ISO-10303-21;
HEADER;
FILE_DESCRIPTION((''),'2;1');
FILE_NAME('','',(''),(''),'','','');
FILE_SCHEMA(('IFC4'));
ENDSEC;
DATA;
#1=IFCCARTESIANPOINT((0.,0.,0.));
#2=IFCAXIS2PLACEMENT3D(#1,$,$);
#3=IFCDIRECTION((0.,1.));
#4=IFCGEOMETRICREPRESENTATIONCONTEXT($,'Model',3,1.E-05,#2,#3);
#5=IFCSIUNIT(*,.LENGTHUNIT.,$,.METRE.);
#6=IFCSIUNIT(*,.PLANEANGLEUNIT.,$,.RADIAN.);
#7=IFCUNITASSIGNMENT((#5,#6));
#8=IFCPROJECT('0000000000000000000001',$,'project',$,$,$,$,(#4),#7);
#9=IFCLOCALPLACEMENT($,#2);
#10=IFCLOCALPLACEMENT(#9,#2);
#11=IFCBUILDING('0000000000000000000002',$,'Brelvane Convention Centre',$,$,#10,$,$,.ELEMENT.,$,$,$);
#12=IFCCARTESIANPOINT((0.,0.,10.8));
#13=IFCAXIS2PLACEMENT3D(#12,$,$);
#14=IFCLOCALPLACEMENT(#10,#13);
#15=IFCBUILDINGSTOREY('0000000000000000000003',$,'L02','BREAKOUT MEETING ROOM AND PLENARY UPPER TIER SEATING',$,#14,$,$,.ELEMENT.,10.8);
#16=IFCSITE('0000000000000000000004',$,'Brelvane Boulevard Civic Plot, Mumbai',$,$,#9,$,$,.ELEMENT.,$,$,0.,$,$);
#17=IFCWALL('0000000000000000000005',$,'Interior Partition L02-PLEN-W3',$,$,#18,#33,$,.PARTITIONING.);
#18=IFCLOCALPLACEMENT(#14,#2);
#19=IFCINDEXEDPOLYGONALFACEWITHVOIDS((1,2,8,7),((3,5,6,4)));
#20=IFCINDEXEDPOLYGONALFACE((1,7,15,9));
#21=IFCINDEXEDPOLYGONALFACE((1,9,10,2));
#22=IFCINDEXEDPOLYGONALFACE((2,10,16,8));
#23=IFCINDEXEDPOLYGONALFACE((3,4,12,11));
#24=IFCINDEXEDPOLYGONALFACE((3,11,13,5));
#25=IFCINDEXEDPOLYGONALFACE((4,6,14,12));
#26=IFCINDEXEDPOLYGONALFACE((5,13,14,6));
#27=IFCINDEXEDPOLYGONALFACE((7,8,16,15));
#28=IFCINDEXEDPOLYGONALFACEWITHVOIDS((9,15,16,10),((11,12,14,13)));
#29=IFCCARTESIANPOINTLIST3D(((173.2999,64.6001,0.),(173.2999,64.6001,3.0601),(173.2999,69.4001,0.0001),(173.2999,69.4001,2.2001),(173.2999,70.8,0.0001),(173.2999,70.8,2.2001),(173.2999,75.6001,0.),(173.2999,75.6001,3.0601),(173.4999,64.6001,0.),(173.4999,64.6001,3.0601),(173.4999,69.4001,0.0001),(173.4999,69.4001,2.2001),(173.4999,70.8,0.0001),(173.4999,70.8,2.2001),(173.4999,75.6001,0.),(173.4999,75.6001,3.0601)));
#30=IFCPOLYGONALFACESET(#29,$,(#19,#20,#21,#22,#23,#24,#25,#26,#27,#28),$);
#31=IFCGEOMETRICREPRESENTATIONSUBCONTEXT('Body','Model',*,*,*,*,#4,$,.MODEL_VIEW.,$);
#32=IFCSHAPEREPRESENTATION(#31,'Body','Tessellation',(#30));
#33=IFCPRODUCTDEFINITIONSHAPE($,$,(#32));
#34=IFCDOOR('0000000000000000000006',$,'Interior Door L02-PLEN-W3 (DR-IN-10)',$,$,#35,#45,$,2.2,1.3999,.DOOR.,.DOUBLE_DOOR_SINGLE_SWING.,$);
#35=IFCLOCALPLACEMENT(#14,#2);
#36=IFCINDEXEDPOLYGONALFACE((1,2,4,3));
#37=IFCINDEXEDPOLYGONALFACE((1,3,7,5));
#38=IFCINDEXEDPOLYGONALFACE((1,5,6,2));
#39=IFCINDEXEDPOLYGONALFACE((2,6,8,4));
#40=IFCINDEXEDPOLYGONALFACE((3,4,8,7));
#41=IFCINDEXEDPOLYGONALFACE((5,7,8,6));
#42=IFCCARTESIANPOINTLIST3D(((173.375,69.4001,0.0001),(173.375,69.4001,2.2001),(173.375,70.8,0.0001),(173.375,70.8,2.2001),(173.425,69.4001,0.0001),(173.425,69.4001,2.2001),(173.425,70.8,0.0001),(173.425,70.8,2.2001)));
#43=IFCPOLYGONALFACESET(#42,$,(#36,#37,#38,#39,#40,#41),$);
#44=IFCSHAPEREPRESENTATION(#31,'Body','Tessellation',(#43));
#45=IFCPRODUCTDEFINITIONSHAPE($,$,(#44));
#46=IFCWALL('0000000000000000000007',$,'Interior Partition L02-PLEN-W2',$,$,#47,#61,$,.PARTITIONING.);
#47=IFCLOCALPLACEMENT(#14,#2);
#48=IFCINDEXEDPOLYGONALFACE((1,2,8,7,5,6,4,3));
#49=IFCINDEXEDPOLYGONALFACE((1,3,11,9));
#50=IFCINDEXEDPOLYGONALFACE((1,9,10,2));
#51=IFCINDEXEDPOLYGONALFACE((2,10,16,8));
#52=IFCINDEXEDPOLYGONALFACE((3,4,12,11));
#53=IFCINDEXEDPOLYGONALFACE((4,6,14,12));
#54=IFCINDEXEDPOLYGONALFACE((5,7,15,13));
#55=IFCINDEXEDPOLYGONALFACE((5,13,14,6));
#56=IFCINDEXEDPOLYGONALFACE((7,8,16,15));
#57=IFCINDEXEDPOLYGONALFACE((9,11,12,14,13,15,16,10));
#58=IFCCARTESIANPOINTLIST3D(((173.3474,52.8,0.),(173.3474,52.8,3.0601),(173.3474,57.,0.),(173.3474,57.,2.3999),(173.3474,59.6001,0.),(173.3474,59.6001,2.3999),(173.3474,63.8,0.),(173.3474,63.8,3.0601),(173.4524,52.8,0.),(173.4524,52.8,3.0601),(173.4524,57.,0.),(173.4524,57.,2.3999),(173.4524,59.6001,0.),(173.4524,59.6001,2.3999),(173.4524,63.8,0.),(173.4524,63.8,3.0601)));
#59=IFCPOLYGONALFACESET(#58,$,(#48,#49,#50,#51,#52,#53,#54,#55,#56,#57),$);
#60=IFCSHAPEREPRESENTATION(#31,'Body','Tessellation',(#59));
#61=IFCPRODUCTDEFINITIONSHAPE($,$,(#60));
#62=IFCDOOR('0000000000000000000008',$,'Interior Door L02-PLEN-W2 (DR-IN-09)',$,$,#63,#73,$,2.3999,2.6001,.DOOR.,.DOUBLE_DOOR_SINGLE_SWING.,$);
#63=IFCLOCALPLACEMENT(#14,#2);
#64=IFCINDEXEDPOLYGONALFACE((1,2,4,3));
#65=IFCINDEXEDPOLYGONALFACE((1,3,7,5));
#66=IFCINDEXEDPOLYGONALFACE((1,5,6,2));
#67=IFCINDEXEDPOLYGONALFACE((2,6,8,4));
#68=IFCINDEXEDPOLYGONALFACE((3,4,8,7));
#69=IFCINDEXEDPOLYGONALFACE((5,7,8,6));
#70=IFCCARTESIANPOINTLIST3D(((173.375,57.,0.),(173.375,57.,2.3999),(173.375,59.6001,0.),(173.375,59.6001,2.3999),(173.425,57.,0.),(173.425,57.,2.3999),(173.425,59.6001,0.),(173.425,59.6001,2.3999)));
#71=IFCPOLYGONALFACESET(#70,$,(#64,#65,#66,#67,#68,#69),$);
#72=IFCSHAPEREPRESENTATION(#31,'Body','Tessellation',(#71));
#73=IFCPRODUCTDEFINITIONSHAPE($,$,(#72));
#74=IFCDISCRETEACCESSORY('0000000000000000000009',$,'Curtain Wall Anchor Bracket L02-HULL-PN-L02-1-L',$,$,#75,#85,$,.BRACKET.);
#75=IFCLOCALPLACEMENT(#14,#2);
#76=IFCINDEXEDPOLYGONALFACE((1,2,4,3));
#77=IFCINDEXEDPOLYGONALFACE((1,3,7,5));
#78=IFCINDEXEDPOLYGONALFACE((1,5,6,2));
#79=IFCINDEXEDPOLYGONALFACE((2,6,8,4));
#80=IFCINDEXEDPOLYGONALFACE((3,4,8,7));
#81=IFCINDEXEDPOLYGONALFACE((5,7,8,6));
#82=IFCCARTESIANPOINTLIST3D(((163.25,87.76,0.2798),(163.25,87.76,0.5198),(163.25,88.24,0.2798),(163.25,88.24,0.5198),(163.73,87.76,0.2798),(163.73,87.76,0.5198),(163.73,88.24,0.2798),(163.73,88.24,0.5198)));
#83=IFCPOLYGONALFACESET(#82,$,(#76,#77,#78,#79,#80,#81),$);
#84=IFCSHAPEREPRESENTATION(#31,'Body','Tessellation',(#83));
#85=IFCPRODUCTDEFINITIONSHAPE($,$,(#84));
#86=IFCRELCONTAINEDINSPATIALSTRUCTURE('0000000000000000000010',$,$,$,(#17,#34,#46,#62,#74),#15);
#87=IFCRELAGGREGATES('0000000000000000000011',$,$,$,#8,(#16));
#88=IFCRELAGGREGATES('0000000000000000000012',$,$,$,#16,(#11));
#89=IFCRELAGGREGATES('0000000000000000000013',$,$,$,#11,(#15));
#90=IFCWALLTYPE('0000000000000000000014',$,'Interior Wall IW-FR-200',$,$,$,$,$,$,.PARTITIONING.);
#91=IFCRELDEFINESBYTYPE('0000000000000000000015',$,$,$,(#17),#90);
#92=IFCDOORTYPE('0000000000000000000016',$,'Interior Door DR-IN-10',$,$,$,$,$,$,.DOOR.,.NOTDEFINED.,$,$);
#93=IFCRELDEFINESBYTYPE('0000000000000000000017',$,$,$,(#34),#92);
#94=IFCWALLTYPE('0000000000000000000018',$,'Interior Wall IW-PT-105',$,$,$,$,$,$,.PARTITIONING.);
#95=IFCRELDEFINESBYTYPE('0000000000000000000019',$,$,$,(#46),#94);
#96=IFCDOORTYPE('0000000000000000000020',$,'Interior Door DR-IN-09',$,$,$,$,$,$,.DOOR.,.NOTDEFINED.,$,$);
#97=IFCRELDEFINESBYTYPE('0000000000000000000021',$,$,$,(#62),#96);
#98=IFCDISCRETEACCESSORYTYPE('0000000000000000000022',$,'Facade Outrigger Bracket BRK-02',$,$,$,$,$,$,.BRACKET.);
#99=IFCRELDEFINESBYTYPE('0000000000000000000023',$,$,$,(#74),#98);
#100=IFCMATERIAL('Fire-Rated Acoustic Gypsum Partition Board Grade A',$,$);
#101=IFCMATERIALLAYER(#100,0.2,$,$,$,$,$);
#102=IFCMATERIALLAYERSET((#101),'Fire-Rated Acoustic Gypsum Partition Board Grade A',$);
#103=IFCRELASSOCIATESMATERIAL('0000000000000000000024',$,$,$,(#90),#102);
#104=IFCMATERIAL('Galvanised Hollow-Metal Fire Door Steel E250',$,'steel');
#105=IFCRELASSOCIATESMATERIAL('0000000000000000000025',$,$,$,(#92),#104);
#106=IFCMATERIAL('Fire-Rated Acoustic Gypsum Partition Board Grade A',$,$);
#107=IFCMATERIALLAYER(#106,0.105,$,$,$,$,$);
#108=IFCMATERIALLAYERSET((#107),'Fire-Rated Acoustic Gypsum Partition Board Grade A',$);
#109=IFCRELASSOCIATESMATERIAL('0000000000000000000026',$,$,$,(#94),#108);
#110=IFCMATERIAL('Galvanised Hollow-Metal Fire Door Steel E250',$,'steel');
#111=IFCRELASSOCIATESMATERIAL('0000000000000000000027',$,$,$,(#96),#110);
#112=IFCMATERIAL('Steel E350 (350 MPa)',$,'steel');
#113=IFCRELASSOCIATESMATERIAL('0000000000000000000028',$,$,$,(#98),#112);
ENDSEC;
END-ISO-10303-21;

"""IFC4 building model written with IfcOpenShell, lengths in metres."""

from ifc_helpers import new_model, si_unit, direction, frame, frame_2d, origin, origin_2d, place, context, subcontext, project, spatial, rectangle, extrude, material, layer, layer_set, type_object, element, fill, save


model = new_model("IFC4")

# Units and contexts
model_context = context("Model", 3, precision=1e-05, world=origin(), true_north=direction((0.0, 1.0)))
body_context = subcontext(model_context, "Body", "Model", "MODEL_VIEW")
ifc_project = project(units=[si_unit("LENGTHUNIT", "METRE"), si_unit("PLANEANGLEUNIT", "RADIAN")], contexts=[model_context])

# Site, building, storey
site_placement = place(None, origin())
site = spatial("IfcSite", under=ifc_project, at=site_placement, Name="Brelvane Boulevard Civic Plot, Mumbai", CompositionType="ELEMENT", RefElevation=0.0)
building_placement = place(site_placement, origin())
building = spatial("IfcBuilding", under=site, at=building_placement, Name="Brelvane Convention Centre", CompositionType="ELEMENT")
storey_placement = place(building_placement, frame((0.0, 0.0, 10.8)))
storey = spatial("IfcBuildingStorey", under=building, at=storey_placement, Name="L02", Description="BREAKOUT MEETING ROOM AND PLENARY UPPER TIER SEATING", CompositionType="ELEMENT", Elevation=10.8)

# Walls, openings, doors
ifc_material_1 = material(Name="Fire-Rated Acoustic Gypsum Partition Board Grade A")
ifc_layer_1 = layer(ifc_material_1, 0.2)
ifc_layer_set_1 = layer_set([ifc_layer_1], Name="Fire-Rated Acoustic Gypsum Partition Board Grade A")
wall_type_1 = type_object("IfcWallType", Name="Interior Wall IW-FR-200", PredefinedType="PARTITIONING", material=ifc_layer_set_1)
wall_1_placement = place(storey_placement, frame((173.3999, 64.6001, 0.0), z_axis=(0.0, 0.0, 1.0), x_axis=(0.0, 1.0, 0.0)))
wall_1 = element("IfcWall", 1, at=wall_1_placement, inside=storey, type_object=wall_type_1, Name="Interior Partition L02-PLEN-W3", PredefinedType="PARTITIONING", context=body_context, shape_type="SweptSolid", body=[
    extrude(rectangle(XDim=11.0, YDim=0.2, at=frame_2d((5.5, 0.0))), origin(), (0.0, 0.0, 1.0), 3.0601),
])
opening_1_placement = place(wall_1_placement, frame((4.8, 0.0, 0.0)))
opening_1 = element("IfcOpeningElement", 2, at=opening_1_placement, cuts=wall_1, PredefinedType="OPENING", context=body_context, shape_type="SweptSolid", body=[
    extrude(rectangle(XDim=1.3999, YDim=2.2, at=frame_2d((0.7, 1.1001))), frame((0.0, 0.1099, 0.0), z_axis=(0.0, -1.0, 0.0), x_axis=(1.0, 0.0, 0.0)), (0.0, 0.0, 1.0), 0.22),
])
ifc_material_2 = material(Name="Galvanised Hollow-Metal Fire Door Steel E250", Category="steel")
door_type_1 = type_object("IfcDoorType", Name="Interior Door DR-IN-10", OperationType="NOTDEFINED", PredefinedType="DOOR", material=ifc_material_2)
door_1_placement = place(opening_1_placement, origin())
door_1 = element("IfcDoor", 3, at=door_1_placement, inside=storey, type_object=door_type_1, Name="Interior Door L02-PLEN-W3 (DR-IN-10)", OperationType="DOUBLE_DOOR_SINGLE_SWING", OverallHeight=2.2, OverallWidth=1.3999, PredefinedType="DOOR", context=body_context, shape_type="SweptSolid", body=[
    extrude(rectangle(XDim=1.3999, YDim=2.2, at=frame_2d((0.7, 1.1001))), frame((0.0, 0.0249, 0.0), z_axis=(0.0, -1.0, 0.0), x_axis=(1.0, 0.0, 0.0)), (0.0, 0.0, 1.0), 0.05),
])
fill(opening_1, door_1)
ifc_material_3 = material(Name="Fire-Rated Acoustic Gypsum Partition Board Grade A")
ifc_layer_2 = layer(ifc_material_3, 0.105)
ifc_layer_set_2 = layer_set([ifc_layer_2], Name="Fire-Rated Acoustic Gypsum Partition Board Grade A")
wall_type_2 = type_object("IfcWallType", Name="Interior Wall IW-PT-105", PredefinedType="PARTITIONING", material=ifc_layer_set_2)
wall_2_placement = place(storey_placement, frame((173.3999, 52.8, 0.0), z_axis=(0.0, 0.0, 1.0), x_axis=(0.0, 1.0, 0.0)))
wall_2 = element("IfcWall", 4, at=wall_2_placement, inside=storey, type_object=wall_type_2, Name="Interior Partition L02-PLEN-W2", PredefinedType="PARTITIONING", context=body_context, shape_type="SweptSolid", body=[
    extrude(rectangle(XDim=11.0, YDim=0.105, at=frame_2d((5.5, 0.0))), origin(), (0.0, 0.0, 1.0), 3.0601),
])
opening_2_placement = place(wall_2_placement, frame((4.2, 0.0, 0.0)))
opening_2 = element("IfcOpeningElement", 5, at=opening_2_placement, cuts=wall_2, PredefinedType="OPENING", context=body_context, shape_type="SweptSolid", body=[
    extrude(rectangle(XDim=2.6001, YDim=2.3999, at=frame_2d((1.3, 1.2))), frame((0.0, 0.0625, 0.0), z_axis=(0.0, -1.0, 0.0), x_axis=(1.0, 0.0, 0.0)), (0.0, 0.0, 1.0), 0.125),
])
ifc_material_4 = material(Name="Galvanised Hollow-Metal Fire Door Steel E250", Category="steel")
door_type_2 = type_object("IfcDoorType", Name="Interior Door DR-IN-09", OperationType="NOTDEFINED", PredefinedType="DOOR", material=ifc_material_4)
door_2_placement = place(opening_2_placement, origin())
door_2 = element("IfcDoor", 6, at=door_2_placement, inside=storey, type_object=door_type_2, Name="Interior Door L02-PLEN-W2 (DR-IN-09)", OperationType="DOUBLE_DOOR_SINGLE_SWING", OverallHeight=2.3999, OverallWidth=2.6001, PredefinedType="DOOR", context=body_context, shape_type="SweptSolid", body=[
    extrude(rectangle(XDim=2.6001, YDim=2.3999, at=frame_2d((1.3, 1.2))), frame((0.0, 0.0249, 0.0), z_axis=(0.0, -1.0, 0.0), x_axis=(1.0, 0.0, 0.0)), (0.0, 0.0, 1.0), 0.05),
])
fill(opening_2, door_2)

# Discrete accessory
ifc_material_5 = material(Name="Steel E350 (350 MPa)", Category="steel")
discrete_accessory_type = type_object("IfcDiscreteAccessoryType", Name="Facade Outrigger Bracket BRK-02", PredefinedType="BRACKET", material=ifc_material_5)
discrete_accessory_placement = place(storey_placement, frame((163.49, 88.0, 0.2798), z_axis=(0.0, 0.0, 1.0), x_axis=(1.0, 0.0, 0.0)))
element("IfcDiscreteAccessory", 7, at=discrete_accessory_placement, inside=storey, type_object=discrete_accessory_type, Name="Curtain Wall Anchor Bracket L02-HULL-PN-L02-1-L", PredefinedType="BRACKET", context=body_context, shape_type="SweptSolid", body=[
    extrude(rectangle(XDim=0.48, YDim=0.48, at=origin_2d()), origin(), (0.0, 0.0, 1.0), 0.24),
])

save(model, "model.ifc")
